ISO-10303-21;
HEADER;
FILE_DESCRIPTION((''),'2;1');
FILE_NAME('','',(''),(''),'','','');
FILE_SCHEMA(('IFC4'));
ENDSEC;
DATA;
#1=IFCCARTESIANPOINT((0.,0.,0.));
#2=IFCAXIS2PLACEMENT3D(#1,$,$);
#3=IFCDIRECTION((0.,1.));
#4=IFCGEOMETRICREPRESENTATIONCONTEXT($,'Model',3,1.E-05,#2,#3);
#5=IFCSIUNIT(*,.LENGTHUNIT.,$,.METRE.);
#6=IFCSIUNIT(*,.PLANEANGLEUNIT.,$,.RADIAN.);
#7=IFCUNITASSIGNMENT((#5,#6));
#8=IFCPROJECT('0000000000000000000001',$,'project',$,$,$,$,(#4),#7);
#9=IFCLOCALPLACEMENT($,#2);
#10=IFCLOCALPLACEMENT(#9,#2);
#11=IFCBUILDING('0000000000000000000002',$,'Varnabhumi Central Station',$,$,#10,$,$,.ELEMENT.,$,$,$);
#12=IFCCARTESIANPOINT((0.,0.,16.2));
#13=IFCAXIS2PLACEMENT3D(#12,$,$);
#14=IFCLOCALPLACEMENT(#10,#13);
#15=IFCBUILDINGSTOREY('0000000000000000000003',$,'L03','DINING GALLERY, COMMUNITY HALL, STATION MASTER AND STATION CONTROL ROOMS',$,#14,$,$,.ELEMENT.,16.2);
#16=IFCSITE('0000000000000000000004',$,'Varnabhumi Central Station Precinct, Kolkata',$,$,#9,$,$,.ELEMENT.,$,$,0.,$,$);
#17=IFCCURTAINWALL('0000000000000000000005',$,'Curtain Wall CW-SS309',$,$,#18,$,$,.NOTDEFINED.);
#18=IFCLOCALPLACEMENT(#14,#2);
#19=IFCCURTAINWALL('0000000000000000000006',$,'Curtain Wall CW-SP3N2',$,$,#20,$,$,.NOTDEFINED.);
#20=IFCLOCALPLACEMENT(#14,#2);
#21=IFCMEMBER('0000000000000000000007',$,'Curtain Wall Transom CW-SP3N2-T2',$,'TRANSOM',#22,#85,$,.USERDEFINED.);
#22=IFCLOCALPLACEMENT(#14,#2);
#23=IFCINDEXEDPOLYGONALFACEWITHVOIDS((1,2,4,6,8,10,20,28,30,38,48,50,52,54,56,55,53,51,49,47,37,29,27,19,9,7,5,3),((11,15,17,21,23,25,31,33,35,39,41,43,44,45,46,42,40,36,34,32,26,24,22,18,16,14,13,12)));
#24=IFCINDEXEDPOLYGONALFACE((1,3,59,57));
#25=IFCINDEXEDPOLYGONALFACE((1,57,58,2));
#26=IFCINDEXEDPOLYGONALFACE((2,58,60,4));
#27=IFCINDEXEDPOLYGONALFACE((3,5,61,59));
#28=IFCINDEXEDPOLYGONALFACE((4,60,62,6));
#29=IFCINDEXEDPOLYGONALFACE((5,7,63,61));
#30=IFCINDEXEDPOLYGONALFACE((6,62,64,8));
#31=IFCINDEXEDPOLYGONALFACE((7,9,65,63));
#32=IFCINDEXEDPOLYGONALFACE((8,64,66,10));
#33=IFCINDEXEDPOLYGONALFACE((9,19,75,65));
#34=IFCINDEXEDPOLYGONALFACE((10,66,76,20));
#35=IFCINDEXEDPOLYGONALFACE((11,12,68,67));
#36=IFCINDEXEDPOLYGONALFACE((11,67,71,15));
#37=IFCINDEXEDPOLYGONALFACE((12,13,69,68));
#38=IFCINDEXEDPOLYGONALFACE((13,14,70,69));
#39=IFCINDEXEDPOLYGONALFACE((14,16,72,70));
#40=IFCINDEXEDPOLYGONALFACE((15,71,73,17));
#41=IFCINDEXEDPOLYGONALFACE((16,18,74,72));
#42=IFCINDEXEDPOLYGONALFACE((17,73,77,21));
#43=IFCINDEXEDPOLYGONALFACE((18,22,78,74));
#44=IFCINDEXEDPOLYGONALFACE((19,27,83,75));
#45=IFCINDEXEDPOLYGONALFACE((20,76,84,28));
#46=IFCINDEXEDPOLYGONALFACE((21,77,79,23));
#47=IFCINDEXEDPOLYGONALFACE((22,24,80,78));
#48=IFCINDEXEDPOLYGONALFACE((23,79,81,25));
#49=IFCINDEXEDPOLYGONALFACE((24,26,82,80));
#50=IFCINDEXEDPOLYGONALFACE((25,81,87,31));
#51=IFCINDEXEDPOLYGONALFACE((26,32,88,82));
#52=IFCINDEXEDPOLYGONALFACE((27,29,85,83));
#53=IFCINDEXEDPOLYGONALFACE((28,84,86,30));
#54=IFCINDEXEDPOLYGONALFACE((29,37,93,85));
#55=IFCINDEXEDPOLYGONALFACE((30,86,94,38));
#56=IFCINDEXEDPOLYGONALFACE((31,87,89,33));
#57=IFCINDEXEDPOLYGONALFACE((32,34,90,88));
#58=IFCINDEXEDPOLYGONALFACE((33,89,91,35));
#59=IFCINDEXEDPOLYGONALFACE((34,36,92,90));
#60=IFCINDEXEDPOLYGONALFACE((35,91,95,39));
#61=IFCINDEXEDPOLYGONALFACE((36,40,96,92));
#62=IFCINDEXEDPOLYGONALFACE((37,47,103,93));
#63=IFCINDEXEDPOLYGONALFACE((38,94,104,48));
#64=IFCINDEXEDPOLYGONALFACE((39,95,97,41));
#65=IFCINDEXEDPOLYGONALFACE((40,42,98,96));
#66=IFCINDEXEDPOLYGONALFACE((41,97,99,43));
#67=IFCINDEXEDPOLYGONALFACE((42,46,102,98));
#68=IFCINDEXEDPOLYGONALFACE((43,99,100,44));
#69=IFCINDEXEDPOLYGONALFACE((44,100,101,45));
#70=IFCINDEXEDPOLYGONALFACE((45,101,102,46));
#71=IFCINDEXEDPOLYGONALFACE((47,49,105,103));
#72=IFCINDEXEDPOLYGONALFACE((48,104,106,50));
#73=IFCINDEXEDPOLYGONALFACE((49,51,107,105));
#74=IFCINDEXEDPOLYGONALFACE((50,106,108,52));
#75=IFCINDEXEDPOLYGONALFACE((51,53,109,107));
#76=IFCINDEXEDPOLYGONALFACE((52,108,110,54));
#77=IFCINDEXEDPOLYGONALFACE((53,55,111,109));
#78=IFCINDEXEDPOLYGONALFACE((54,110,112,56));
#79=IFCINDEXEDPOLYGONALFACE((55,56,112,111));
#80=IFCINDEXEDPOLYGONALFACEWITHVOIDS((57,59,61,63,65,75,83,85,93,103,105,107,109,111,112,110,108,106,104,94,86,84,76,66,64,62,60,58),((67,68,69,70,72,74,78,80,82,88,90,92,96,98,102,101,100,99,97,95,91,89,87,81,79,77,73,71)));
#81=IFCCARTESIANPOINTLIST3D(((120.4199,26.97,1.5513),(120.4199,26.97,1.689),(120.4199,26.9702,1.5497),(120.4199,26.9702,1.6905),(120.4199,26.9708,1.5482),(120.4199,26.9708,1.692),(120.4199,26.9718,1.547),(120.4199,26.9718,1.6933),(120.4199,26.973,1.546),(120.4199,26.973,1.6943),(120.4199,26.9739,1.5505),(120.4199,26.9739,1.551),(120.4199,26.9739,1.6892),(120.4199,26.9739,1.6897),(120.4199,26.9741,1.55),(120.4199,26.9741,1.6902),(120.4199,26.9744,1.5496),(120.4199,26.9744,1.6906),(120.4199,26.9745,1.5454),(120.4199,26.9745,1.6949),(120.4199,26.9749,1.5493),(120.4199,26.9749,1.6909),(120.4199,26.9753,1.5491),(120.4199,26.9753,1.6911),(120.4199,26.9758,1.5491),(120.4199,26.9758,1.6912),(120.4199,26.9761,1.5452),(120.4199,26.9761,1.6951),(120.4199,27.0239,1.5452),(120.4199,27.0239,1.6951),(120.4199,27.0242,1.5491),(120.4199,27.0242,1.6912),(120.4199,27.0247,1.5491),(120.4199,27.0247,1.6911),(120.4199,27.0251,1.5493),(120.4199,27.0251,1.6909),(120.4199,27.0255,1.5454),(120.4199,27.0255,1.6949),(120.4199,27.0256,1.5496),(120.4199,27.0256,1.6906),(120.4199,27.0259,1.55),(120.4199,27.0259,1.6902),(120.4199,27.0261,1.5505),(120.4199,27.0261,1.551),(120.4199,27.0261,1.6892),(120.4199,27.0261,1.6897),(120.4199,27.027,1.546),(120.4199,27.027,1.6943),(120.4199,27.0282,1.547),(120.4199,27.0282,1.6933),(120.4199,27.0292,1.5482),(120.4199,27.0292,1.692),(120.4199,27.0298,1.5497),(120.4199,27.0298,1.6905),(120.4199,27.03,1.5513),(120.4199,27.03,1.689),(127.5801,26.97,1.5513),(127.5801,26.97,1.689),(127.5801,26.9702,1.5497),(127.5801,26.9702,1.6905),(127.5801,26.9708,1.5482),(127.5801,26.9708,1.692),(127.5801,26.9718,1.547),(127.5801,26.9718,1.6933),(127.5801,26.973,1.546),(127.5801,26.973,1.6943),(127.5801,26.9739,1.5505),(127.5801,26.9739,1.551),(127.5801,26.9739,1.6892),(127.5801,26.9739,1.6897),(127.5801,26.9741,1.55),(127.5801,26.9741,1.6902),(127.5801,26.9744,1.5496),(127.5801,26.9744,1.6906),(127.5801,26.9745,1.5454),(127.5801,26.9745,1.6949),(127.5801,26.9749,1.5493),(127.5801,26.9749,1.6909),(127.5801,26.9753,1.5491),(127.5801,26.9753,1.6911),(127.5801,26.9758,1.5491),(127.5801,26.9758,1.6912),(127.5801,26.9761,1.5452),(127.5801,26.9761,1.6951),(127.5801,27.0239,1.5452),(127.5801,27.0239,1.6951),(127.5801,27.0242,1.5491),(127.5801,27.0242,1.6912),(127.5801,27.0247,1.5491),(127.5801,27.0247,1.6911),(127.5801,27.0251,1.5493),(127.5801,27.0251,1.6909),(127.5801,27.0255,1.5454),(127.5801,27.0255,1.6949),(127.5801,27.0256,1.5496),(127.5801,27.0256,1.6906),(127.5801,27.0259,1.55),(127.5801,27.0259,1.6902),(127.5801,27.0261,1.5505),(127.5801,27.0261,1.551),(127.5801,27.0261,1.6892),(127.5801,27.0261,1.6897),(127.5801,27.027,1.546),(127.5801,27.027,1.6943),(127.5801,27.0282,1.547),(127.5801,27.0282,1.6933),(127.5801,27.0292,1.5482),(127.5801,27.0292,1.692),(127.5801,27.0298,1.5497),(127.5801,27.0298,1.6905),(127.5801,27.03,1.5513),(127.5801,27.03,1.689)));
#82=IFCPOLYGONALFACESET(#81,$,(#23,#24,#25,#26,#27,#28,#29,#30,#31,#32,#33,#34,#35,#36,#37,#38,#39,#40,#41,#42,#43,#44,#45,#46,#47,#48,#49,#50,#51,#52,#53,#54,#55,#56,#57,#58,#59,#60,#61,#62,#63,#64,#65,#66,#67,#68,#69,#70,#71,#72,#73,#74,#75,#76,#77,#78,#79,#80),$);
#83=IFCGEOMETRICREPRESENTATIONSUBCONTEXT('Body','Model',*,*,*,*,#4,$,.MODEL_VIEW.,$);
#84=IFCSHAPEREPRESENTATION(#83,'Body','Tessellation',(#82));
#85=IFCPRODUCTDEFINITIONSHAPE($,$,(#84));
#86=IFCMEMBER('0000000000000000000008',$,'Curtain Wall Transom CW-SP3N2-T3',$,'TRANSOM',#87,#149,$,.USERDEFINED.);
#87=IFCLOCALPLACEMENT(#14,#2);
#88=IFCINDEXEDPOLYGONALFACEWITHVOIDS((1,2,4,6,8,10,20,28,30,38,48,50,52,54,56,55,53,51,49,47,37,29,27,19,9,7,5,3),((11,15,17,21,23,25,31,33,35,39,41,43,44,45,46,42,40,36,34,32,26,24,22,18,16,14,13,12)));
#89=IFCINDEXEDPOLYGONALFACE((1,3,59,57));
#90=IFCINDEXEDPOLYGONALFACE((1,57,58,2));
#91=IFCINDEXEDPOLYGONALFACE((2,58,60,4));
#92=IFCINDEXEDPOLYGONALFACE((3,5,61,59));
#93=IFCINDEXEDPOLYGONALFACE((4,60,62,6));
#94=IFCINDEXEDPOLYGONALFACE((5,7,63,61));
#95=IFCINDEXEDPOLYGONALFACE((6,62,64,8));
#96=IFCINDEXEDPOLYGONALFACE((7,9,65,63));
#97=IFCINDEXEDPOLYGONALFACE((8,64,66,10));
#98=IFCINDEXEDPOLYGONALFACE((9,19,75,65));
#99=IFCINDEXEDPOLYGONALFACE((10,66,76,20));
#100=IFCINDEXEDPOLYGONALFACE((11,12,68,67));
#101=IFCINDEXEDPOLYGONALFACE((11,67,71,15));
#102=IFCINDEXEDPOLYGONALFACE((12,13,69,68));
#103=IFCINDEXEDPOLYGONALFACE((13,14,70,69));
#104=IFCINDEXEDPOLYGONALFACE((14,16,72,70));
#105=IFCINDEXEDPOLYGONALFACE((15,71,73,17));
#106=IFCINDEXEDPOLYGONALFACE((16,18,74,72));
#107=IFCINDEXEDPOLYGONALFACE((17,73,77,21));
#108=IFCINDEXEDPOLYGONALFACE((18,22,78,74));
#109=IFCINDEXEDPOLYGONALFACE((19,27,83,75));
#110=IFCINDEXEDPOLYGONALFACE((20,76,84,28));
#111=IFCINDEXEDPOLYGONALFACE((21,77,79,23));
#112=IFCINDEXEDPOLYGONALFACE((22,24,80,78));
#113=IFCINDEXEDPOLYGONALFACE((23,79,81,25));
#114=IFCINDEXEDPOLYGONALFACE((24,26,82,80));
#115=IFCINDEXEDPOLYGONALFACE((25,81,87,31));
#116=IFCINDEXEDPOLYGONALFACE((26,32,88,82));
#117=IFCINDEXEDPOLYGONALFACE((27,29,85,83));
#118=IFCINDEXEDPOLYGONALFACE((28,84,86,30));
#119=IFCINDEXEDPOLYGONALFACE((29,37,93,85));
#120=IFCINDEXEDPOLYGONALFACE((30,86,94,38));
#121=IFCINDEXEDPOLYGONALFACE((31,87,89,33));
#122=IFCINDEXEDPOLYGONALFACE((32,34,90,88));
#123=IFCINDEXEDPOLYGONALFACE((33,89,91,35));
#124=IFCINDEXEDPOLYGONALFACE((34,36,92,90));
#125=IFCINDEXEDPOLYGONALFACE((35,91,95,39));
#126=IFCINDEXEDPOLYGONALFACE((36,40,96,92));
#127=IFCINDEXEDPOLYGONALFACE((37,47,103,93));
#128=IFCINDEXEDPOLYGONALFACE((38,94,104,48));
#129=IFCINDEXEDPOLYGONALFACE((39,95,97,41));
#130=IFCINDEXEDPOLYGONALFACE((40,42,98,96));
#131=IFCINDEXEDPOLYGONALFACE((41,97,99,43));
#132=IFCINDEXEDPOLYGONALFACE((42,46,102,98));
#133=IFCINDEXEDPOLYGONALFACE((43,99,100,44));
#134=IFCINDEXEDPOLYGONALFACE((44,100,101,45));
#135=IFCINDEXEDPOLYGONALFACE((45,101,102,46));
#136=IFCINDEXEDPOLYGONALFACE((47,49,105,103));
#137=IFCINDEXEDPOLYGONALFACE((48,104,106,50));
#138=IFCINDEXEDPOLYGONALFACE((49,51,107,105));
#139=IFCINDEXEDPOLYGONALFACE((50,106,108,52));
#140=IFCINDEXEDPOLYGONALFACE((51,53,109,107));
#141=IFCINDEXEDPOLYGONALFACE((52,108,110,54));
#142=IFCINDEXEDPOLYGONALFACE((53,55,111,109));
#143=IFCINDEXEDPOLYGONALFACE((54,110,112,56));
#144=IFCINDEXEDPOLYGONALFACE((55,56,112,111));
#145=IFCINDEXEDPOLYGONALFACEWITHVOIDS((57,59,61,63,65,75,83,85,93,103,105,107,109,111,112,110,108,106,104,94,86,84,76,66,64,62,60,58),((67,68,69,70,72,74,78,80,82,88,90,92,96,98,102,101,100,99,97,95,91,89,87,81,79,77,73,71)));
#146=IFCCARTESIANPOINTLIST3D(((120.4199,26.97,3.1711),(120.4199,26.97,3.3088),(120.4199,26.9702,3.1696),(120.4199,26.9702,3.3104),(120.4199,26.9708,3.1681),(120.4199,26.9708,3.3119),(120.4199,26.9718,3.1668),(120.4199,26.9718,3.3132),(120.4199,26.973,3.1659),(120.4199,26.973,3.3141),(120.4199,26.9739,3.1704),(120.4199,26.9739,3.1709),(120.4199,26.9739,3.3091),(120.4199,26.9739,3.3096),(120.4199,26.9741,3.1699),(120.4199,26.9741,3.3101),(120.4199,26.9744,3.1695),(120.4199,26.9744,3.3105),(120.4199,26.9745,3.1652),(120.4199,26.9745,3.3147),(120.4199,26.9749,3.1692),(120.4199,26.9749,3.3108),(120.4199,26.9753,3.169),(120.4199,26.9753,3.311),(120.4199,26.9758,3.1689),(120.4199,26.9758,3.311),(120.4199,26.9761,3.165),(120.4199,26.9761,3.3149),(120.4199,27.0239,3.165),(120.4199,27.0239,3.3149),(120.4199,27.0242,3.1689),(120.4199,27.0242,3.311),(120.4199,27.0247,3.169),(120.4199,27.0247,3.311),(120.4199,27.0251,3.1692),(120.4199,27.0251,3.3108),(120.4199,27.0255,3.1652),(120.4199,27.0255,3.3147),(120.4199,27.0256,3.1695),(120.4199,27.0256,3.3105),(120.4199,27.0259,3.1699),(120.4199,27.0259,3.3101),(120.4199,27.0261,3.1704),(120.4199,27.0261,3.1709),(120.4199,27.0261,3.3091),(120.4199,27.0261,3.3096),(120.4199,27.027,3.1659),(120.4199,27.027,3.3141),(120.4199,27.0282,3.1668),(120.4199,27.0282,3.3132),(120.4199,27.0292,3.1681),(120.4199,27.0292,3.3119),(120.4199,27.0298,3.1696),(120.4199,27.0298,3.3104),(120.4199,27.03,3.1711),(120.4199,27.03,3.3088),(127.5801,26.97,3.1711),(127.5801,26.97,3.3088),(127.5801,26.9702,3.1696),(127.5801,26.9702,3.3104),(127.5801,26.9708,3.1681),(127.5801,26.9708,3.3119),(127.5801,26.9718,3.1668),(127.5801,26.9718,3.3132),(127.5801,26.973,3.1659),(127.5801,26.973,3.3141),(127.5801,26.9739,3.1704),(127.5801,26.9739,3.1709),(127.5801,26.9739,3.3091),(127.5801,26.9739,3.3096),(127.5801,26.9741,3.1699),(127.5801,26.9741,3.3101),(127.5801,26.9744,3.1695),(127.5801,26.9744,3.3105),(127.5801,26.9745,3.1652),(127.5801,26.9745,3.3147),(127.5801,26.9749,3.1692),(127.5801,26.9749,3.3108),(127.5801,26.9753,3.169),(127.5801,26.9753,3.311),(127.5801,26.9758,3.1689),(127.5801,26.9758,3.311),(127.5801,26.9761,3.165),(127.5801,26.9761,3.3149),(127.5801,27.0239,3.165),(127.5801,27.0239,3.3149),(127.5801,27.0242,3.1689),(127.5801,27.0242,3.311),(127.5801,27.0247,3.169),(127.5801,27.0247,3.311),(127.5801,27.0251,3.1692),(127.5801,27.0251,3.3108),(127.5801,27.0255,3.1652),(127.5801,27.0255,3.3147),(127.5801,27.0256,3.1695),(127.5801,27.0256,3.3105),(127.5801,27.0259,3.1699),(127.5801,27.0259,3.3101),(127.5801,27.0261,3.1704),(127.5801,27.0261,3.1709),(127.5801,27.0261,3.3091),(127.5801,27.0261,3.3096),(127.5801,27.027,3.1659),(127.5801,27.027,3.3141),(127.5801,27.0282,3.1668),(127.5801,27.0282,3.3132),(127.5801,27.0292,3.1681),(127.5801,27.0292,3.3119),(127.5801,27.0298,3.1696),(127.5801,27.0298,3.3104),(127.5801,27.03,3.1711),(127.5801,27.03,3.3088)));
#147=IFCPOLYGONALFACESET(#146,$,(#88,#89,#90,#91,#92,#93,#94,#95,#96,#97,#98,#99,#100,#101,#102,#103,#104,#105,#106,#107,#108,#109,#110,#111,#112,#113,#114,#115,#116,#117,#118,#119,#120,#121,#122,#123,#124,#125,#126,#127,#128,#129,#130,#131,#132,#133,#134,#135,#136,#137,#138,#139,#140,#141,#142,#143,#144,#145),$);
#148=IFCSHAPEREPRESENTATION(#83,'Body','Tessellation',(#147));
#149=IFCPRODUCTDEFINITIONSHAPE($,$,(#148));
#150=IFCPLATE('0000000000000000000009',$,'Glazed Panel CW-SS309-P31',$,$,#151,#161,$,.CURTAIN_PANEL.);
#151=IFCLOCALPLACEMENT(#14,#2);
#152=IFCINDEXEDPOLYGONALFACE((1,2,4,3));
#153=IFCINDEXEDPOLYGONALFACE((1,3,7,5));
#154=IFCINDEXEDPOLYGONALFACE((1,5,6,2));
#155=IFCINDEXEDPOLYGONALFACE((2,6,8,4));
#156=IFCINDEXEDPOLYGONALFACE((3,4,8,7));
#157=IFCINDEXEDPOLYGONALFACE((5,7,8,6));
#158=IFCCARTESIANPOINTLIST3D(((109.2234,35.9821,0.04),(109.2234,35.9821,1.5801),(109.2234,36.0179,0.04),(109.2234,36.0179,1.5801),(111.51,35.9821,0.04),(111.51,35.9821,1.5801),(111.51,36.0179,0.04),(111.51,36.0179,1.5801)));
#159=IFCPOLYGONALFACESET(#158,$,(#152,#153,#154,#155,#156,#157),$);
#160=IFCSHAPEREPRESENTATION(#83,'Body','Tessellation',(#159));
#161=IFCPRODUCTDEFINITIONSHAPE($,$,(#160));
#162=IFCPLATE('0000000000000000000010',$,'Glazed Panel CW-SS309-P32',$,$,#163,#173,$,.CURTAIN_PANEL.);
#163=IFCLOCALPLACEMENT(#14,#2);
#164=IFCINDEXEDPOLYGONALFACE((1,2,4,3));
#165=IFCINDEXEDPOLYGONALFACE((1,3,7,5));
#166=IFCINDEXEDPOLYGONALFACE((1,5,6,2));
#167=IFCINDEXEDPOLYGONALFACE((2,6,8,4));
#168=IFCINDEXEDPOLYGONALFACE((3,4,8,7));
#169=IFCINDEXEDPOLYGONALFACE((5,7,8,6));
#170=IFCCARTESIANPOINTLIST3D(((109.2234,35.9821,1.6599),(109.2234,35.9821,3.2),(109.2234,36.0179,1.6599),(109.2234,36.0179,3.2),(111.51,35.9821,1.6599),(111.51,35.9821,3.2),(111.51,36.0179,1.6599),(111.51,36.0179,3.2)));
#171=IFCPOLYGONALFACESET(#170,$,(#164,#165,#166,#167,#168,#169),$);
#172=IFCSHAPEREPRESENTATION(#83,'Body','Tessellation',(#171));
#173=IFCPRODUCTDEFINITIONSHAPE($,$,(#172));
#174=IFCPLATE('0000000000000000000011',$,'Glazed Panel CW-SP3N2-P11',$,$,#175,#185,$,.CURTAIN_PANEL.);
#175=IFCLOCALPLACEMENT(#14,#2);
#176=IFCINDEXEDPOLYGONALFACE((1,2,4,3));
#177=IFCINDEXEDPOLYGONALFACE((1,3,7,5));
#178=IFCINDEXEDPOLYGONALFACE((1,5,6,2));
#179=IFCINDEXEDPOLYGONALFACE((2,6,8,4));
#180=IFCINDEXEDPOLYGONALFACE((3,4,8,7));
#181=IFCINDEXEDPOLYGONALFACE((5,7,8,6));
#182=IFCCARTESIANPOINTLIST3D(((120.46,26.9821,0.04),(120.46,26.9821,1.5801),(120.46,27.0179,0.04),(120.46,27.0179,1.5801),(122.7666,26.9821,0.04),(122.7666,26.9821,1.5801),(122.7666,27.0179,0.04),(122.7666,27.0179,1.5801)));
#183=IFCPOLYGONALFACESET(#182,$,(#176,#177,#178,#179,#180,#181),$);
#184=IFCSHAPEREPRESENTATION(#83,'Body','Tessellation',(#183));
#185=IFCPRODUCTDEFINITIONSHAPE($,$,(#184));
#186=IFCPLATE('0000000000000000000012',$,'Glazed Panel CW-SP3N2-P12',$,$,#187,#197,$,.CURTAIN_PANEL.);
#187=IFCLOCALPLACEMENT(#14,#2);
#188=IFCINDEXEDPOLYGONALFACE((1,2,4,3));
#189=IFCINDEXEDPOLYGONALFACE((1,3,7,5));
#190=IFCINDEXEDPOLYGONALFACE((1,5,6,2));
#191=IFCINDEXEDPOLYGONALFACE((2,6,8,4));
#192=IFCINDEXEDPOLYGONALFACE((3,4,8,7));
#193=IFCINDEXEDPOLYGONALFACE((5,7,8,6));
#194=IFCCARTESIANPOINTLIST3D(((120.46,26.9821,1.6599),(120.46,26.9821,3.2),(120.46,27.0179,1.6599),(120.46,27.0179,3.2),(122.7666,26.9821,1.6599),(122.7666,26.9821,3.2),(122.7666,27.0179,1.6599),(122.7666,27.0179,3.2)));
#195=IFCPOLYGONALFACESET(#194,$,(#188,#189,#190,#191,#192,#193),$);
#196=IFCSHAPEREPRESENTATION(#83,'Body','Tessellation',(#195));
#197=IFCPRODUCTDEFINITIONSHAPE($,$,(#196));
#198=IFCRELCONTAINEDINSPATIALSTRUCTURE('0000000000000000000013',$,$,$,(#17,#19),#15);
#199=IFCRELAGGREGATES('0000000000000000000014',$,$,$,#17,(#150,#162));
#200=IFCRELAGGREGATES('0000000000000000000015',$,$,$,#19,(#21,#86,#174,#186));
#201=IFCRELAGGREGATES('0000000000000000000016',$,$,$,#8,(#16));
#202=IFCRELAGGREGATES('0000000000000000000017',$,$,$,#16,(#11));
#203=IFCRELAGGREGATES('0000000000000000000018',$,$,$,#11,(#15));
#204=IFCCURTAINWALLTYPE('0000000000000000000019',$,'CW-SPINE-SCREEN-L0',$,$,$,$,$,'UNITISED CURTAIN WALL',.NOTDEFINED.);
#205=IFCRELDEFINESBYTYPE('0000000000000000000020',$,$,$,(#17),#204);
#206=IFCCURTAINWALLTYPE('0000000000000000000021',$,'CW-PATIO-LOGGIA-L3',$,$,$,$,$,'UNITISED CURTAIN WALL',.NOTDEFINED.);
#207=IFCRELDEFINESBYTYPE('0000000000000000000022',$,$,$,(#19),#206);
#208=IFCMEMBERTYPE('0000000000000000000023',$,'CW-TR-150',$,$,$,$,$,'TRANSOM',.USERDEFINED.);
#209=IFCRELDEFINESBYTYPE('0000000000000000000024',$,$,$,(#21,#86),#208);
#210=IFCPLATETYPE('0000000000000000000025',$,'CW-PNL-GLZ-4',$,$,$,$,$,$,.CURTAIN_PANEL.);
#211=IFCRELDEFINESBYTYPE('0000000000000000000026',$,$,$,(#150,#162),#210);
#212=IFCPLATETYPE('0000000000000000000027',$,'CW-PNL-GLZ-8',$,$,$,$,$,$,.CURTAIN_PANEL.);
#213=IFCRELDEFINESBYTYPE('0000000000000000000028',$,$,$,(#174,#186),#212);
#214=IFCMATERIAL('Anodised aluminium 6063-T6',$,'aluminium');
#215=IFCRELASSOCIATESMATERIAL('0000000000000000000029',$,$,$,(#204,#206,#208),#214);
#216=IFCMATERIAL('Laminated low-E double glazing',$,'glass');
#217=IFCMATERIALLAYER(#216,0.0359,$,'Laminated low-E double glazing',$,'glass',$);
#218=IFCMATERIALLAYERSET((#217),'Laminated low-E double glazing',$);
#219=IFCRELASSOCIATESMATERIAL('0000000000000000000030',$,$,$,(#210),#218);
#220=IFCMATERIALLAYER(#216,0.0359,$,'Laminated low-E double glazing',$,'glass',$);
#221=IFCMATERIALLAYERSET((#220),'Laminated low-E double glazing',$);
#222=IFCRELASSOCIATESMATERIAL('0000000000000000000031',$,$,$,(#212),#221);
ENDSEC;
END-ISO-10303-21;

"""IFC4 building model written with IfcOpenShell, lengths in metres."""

from ifc_helpers import new_model, si_unit, direction, frame, origin, origin_2d, place, context, subcontext, project, spatial, rectangle, hollow_rectangle, extrude, material, layer, layer_set, material_profile, profile_set, type_object, element, aggregate, save


model = new_model("IFC4")

# Units and contexts
model_context = context("Model", 3, precision=1e-05, world=origin(), true_north=direction((0.0, 1.0)))
body_context = subcontext(model_context, "Body", "Model", "MODEL_VIEW")
ifc_project = project(units=[si_unit("LENGTHUNIT", "METRE"), si_unit("PLANEANGLEUNIT", "RADIAN")], contexts=[model_context])

# Site, building, storey
site_placement = place(None, origin())
site = spatial("IfcSite", under=ifc_project, at=site_placement, Name="Varnabhumi Central Station Precinct, Kolkata", CompositionType="ELEMENT", RefElevation=0.0)
building_placement = place(site_placement, origin())
building = spatial("IfcBuilding", under=site, at=building_placement, Name="Varnabhumi Central Station", CompositionType="ELEMENT")
storey_placement = place(building_placement, frame((0.0, 0.0, 16.2)))
storey = spatial("IfcBuildingStorey", under=building, at=storey_placement, Name="L03", Description="DINING GALLERY, COMMUNITY HALL, STATION MASTER AND STATION CONTROL ROOMS", CompositionType="ELEMENT", Elevation=16.2)

# Curtain wall
ifc_material_1 = material(Name="Anodised aluminium 6063-T6", Category="aluminium")
curtain_wall_type_1 = type_object("IfcCurtainWallType", Name="CW-SPINE-SCREEN-L0", ElementType="UNITISED CURTAIN WALL", PredefinedType="NOTDEFINED", material=ifc_material_1)
curtain_wall_1_placement = place(storey_placement, origin())
curtain_wall_1 = element("IfcCurtainWall", 1, at=curtain_wall_1_placement, inside=storey, type_object=curtain_wall_type_1, Name="Curtain Wall CW-SS309", PredefinedType="NOTDEFINED")

# Curtain wall, members
curtain_wall_type_2 = type_object("IfcCurtainWallType", Name="CW-PATIO-LOGGIA-L3", ElementType="UNITISED CURTAIN WALL", PredefinedType="NOTDEFINED", material=ifc_material_1)
curtain_wall_2_placement = place(storey_placement, origin())
curtain_wall_2 = element("IfcCurtainWall", 2, at=curtain_wall_2_placement, inside=storey, type_object=curtain_wall_type_2, Name="Curtain Wall CW-SP3N2", PredefinedType="NOTDEFINED")
ifc_material_profile_1 = material_profile(ifc_material_1, hollow_rectangle(XDim=0.0601, YDim=0.1499, WallThickness=0.0039, InnerFilletRadius=0.002, OuterFilletRadius=0.0061, at=origin_2d()), Name="Anodised aluminium 6063-T6", Category="aluminium")
ifc_profile_set_1 = profile_set([ifc_material_profile_1], Name="Anodised aluminium 6063-T6")
member_type_1 = type_object("IfcMemberType", Name="CW-TR-150", ElementType="TRANSOM", PredefinedType="USERDEFINED", material=ifc_profile_set_1)
member_1_placement = place(storey_placement, frame((120.4199, 27.0, 1.6201), z_axis=(1.0, 0.0, 0.0), x_axis=(0.0, 1.0, 0.0)))
member_1 = element("IfcMember", 3, at=member_1_placement, type_object=member_type_1, Name="Curtain Wall Transom CW-SP3N2-T2", ObjectType="TRANSOM", PredefinedType="USERDEFINED", context=body_context, shape_type="SweptSolid", body=[
    extrude(hollow_rectangle(XDim=0.0601, YDim=0.1499, WallThickness=0.0039, InnerFilletRadius=0.002, OuterFilletRadius=0.0061, at=origin_2d()), origin(), (0.0, 0.0, 1.0), 7.1602),
])
member_2_placement = place(storey_placement, frame((120.4199, 27.0, 3.24), z_axis=(1.0, 0.0, 0.0), x_axis=(0.0, 1.0, 0.0)))
member_2 = element("IfcMember", 4, at=member_2_placement, type_object=member_type_1, Name="Curtain Wall Transom CW-SP3N2-T3", ObjectType="TRANSOM", PredefinedType="USERDEFINED", context=body_context, shape_type="SweptSolid", body=[
    extrude(hollow_rectangle(XDim=0.0601, YDim=0.1499, WallThickness=0.0039, InnerFilletRadius=0.002, OuterFilletRadius=0.0061, at=origin_2d()), origin(), (0.0, 0.0, 1.0), 7.1602),
])

# Plates
ifc_material_2 = material(Name="Laminated low-E double glazing", Category="glass")
ifc_layer_1 = layer(ifc_material_2, 0.0359, Name="Laminated low-E double glazing", Category="glass")
ifc_layer_set_1 = layer_set([ifc_layer_1], Name="Laminated low-E double glazing")
plate_type_1 = type_object("IfcPlateType", Name="CW-PNL-GLZ-4", PredefinedType="CURTAIN_PANEL", material=ifc_layer_set_1)
plate_1_placement = place(storey_placement, frame((110.3667, 36.0, 0.04), z_axis=(0.0, 0.0, 1.0), x_axis=(1.0, 0.0, 0.0)))
plate_1 = element("IfcPlate", 5, at=plate_1_placement, type_object=plate_type_1, Name="Glazed Panel CW-SS309-P31", PredefinedType="CURTAIN_PANEL", context=body_context, shape_type="SweptSolid", body=[
    extrude(rectangle(XDim=2.2866, YDim=0.0359, at=origin_2d()), origin(), (0.0, 0.0, 1.0), 1.54),
])
plate_2_placement = place(storey_placement, frame((110.3667, 36.0, 1.6599), z_axis=(0.0, 0.0, 1.0), x_axis=(1.0, 0.0, 0.0)))
plate_2 = element("IfcPlate", 6, at=plate_2_placement, type_object=plate_type_1, Name="Glazed Panel CW-SS309-P32", PredefinedType="CURTAIN_PANEL", context=body_context, shape_type="SweptSolid", body=[
    extrude(rectangle(XDim=2.2866, YDim=0.0359, at=origin_2d()), origin(), (0.0, 0.0, 1.0), 1.54),
])
aggregate(curtain_wall_1, [plate_1, plate_2])
ifc_layer_2 = layer(ifc_material_2, 0.0359, Name="Laminated low-E double glazing", Category="glass")
ifc_layer_set_2 = layer_set([ifc_layer_2], Name="Laminated low-E double glazing")
plate_type_2 = type_object("IfcPlateType", Name="CW-PNL-GLZ-8", PredefinedType="CURTAIN_PANEL", material=ifc_layer_set_2)
plate_3_placement = place(storey_placement, frame((121.6133, 27.0, 0.04), z_axis=(0.0, 0.0, 1.0), x_axis=(1.0, 0.0, 0.0)))
plate_3 = element("IfcPlate", 7, at=plate_3_placement, type_object=plate_type_2, Name="Glazed Panel CW-SP3N2-P11", PredefinedType="CURTAIN_PANEL", context=body_context, shape_type="SweptSolid", body=[
    extrude(rectangle(XDim=2.3066, YDim=0.0359, at=origin_2d()), origin(), (0.0, 0.0, 1.0), 1.54),
])
plate_4_placement = place(storey_placement, frame((121.6133, 27.0, 1.6599), z_axis=(0.0, 0.0, 1.0), x_axis=(1.0, 0.0, 0.0)))
plate_4 = element("IfcPlate", 8, at=plate_4_placement, type_object=plate_type_2, Name="Glazed Panel CW-SP3N2-P12", PredefinedType="CURTAIN_PANEL", context=body_context, shape_type="SweptSolid", body=[
    extrude(rectangle(XDim=2.3066, YDim=0.0359, at=origin_2d()), origin(), (0.0, 0.0, 1.0), 1.54),
])
aggregate(curtain_wall_2, [member_1, member_2, plate_3, plate_4])

save(model, "model.ifc")
